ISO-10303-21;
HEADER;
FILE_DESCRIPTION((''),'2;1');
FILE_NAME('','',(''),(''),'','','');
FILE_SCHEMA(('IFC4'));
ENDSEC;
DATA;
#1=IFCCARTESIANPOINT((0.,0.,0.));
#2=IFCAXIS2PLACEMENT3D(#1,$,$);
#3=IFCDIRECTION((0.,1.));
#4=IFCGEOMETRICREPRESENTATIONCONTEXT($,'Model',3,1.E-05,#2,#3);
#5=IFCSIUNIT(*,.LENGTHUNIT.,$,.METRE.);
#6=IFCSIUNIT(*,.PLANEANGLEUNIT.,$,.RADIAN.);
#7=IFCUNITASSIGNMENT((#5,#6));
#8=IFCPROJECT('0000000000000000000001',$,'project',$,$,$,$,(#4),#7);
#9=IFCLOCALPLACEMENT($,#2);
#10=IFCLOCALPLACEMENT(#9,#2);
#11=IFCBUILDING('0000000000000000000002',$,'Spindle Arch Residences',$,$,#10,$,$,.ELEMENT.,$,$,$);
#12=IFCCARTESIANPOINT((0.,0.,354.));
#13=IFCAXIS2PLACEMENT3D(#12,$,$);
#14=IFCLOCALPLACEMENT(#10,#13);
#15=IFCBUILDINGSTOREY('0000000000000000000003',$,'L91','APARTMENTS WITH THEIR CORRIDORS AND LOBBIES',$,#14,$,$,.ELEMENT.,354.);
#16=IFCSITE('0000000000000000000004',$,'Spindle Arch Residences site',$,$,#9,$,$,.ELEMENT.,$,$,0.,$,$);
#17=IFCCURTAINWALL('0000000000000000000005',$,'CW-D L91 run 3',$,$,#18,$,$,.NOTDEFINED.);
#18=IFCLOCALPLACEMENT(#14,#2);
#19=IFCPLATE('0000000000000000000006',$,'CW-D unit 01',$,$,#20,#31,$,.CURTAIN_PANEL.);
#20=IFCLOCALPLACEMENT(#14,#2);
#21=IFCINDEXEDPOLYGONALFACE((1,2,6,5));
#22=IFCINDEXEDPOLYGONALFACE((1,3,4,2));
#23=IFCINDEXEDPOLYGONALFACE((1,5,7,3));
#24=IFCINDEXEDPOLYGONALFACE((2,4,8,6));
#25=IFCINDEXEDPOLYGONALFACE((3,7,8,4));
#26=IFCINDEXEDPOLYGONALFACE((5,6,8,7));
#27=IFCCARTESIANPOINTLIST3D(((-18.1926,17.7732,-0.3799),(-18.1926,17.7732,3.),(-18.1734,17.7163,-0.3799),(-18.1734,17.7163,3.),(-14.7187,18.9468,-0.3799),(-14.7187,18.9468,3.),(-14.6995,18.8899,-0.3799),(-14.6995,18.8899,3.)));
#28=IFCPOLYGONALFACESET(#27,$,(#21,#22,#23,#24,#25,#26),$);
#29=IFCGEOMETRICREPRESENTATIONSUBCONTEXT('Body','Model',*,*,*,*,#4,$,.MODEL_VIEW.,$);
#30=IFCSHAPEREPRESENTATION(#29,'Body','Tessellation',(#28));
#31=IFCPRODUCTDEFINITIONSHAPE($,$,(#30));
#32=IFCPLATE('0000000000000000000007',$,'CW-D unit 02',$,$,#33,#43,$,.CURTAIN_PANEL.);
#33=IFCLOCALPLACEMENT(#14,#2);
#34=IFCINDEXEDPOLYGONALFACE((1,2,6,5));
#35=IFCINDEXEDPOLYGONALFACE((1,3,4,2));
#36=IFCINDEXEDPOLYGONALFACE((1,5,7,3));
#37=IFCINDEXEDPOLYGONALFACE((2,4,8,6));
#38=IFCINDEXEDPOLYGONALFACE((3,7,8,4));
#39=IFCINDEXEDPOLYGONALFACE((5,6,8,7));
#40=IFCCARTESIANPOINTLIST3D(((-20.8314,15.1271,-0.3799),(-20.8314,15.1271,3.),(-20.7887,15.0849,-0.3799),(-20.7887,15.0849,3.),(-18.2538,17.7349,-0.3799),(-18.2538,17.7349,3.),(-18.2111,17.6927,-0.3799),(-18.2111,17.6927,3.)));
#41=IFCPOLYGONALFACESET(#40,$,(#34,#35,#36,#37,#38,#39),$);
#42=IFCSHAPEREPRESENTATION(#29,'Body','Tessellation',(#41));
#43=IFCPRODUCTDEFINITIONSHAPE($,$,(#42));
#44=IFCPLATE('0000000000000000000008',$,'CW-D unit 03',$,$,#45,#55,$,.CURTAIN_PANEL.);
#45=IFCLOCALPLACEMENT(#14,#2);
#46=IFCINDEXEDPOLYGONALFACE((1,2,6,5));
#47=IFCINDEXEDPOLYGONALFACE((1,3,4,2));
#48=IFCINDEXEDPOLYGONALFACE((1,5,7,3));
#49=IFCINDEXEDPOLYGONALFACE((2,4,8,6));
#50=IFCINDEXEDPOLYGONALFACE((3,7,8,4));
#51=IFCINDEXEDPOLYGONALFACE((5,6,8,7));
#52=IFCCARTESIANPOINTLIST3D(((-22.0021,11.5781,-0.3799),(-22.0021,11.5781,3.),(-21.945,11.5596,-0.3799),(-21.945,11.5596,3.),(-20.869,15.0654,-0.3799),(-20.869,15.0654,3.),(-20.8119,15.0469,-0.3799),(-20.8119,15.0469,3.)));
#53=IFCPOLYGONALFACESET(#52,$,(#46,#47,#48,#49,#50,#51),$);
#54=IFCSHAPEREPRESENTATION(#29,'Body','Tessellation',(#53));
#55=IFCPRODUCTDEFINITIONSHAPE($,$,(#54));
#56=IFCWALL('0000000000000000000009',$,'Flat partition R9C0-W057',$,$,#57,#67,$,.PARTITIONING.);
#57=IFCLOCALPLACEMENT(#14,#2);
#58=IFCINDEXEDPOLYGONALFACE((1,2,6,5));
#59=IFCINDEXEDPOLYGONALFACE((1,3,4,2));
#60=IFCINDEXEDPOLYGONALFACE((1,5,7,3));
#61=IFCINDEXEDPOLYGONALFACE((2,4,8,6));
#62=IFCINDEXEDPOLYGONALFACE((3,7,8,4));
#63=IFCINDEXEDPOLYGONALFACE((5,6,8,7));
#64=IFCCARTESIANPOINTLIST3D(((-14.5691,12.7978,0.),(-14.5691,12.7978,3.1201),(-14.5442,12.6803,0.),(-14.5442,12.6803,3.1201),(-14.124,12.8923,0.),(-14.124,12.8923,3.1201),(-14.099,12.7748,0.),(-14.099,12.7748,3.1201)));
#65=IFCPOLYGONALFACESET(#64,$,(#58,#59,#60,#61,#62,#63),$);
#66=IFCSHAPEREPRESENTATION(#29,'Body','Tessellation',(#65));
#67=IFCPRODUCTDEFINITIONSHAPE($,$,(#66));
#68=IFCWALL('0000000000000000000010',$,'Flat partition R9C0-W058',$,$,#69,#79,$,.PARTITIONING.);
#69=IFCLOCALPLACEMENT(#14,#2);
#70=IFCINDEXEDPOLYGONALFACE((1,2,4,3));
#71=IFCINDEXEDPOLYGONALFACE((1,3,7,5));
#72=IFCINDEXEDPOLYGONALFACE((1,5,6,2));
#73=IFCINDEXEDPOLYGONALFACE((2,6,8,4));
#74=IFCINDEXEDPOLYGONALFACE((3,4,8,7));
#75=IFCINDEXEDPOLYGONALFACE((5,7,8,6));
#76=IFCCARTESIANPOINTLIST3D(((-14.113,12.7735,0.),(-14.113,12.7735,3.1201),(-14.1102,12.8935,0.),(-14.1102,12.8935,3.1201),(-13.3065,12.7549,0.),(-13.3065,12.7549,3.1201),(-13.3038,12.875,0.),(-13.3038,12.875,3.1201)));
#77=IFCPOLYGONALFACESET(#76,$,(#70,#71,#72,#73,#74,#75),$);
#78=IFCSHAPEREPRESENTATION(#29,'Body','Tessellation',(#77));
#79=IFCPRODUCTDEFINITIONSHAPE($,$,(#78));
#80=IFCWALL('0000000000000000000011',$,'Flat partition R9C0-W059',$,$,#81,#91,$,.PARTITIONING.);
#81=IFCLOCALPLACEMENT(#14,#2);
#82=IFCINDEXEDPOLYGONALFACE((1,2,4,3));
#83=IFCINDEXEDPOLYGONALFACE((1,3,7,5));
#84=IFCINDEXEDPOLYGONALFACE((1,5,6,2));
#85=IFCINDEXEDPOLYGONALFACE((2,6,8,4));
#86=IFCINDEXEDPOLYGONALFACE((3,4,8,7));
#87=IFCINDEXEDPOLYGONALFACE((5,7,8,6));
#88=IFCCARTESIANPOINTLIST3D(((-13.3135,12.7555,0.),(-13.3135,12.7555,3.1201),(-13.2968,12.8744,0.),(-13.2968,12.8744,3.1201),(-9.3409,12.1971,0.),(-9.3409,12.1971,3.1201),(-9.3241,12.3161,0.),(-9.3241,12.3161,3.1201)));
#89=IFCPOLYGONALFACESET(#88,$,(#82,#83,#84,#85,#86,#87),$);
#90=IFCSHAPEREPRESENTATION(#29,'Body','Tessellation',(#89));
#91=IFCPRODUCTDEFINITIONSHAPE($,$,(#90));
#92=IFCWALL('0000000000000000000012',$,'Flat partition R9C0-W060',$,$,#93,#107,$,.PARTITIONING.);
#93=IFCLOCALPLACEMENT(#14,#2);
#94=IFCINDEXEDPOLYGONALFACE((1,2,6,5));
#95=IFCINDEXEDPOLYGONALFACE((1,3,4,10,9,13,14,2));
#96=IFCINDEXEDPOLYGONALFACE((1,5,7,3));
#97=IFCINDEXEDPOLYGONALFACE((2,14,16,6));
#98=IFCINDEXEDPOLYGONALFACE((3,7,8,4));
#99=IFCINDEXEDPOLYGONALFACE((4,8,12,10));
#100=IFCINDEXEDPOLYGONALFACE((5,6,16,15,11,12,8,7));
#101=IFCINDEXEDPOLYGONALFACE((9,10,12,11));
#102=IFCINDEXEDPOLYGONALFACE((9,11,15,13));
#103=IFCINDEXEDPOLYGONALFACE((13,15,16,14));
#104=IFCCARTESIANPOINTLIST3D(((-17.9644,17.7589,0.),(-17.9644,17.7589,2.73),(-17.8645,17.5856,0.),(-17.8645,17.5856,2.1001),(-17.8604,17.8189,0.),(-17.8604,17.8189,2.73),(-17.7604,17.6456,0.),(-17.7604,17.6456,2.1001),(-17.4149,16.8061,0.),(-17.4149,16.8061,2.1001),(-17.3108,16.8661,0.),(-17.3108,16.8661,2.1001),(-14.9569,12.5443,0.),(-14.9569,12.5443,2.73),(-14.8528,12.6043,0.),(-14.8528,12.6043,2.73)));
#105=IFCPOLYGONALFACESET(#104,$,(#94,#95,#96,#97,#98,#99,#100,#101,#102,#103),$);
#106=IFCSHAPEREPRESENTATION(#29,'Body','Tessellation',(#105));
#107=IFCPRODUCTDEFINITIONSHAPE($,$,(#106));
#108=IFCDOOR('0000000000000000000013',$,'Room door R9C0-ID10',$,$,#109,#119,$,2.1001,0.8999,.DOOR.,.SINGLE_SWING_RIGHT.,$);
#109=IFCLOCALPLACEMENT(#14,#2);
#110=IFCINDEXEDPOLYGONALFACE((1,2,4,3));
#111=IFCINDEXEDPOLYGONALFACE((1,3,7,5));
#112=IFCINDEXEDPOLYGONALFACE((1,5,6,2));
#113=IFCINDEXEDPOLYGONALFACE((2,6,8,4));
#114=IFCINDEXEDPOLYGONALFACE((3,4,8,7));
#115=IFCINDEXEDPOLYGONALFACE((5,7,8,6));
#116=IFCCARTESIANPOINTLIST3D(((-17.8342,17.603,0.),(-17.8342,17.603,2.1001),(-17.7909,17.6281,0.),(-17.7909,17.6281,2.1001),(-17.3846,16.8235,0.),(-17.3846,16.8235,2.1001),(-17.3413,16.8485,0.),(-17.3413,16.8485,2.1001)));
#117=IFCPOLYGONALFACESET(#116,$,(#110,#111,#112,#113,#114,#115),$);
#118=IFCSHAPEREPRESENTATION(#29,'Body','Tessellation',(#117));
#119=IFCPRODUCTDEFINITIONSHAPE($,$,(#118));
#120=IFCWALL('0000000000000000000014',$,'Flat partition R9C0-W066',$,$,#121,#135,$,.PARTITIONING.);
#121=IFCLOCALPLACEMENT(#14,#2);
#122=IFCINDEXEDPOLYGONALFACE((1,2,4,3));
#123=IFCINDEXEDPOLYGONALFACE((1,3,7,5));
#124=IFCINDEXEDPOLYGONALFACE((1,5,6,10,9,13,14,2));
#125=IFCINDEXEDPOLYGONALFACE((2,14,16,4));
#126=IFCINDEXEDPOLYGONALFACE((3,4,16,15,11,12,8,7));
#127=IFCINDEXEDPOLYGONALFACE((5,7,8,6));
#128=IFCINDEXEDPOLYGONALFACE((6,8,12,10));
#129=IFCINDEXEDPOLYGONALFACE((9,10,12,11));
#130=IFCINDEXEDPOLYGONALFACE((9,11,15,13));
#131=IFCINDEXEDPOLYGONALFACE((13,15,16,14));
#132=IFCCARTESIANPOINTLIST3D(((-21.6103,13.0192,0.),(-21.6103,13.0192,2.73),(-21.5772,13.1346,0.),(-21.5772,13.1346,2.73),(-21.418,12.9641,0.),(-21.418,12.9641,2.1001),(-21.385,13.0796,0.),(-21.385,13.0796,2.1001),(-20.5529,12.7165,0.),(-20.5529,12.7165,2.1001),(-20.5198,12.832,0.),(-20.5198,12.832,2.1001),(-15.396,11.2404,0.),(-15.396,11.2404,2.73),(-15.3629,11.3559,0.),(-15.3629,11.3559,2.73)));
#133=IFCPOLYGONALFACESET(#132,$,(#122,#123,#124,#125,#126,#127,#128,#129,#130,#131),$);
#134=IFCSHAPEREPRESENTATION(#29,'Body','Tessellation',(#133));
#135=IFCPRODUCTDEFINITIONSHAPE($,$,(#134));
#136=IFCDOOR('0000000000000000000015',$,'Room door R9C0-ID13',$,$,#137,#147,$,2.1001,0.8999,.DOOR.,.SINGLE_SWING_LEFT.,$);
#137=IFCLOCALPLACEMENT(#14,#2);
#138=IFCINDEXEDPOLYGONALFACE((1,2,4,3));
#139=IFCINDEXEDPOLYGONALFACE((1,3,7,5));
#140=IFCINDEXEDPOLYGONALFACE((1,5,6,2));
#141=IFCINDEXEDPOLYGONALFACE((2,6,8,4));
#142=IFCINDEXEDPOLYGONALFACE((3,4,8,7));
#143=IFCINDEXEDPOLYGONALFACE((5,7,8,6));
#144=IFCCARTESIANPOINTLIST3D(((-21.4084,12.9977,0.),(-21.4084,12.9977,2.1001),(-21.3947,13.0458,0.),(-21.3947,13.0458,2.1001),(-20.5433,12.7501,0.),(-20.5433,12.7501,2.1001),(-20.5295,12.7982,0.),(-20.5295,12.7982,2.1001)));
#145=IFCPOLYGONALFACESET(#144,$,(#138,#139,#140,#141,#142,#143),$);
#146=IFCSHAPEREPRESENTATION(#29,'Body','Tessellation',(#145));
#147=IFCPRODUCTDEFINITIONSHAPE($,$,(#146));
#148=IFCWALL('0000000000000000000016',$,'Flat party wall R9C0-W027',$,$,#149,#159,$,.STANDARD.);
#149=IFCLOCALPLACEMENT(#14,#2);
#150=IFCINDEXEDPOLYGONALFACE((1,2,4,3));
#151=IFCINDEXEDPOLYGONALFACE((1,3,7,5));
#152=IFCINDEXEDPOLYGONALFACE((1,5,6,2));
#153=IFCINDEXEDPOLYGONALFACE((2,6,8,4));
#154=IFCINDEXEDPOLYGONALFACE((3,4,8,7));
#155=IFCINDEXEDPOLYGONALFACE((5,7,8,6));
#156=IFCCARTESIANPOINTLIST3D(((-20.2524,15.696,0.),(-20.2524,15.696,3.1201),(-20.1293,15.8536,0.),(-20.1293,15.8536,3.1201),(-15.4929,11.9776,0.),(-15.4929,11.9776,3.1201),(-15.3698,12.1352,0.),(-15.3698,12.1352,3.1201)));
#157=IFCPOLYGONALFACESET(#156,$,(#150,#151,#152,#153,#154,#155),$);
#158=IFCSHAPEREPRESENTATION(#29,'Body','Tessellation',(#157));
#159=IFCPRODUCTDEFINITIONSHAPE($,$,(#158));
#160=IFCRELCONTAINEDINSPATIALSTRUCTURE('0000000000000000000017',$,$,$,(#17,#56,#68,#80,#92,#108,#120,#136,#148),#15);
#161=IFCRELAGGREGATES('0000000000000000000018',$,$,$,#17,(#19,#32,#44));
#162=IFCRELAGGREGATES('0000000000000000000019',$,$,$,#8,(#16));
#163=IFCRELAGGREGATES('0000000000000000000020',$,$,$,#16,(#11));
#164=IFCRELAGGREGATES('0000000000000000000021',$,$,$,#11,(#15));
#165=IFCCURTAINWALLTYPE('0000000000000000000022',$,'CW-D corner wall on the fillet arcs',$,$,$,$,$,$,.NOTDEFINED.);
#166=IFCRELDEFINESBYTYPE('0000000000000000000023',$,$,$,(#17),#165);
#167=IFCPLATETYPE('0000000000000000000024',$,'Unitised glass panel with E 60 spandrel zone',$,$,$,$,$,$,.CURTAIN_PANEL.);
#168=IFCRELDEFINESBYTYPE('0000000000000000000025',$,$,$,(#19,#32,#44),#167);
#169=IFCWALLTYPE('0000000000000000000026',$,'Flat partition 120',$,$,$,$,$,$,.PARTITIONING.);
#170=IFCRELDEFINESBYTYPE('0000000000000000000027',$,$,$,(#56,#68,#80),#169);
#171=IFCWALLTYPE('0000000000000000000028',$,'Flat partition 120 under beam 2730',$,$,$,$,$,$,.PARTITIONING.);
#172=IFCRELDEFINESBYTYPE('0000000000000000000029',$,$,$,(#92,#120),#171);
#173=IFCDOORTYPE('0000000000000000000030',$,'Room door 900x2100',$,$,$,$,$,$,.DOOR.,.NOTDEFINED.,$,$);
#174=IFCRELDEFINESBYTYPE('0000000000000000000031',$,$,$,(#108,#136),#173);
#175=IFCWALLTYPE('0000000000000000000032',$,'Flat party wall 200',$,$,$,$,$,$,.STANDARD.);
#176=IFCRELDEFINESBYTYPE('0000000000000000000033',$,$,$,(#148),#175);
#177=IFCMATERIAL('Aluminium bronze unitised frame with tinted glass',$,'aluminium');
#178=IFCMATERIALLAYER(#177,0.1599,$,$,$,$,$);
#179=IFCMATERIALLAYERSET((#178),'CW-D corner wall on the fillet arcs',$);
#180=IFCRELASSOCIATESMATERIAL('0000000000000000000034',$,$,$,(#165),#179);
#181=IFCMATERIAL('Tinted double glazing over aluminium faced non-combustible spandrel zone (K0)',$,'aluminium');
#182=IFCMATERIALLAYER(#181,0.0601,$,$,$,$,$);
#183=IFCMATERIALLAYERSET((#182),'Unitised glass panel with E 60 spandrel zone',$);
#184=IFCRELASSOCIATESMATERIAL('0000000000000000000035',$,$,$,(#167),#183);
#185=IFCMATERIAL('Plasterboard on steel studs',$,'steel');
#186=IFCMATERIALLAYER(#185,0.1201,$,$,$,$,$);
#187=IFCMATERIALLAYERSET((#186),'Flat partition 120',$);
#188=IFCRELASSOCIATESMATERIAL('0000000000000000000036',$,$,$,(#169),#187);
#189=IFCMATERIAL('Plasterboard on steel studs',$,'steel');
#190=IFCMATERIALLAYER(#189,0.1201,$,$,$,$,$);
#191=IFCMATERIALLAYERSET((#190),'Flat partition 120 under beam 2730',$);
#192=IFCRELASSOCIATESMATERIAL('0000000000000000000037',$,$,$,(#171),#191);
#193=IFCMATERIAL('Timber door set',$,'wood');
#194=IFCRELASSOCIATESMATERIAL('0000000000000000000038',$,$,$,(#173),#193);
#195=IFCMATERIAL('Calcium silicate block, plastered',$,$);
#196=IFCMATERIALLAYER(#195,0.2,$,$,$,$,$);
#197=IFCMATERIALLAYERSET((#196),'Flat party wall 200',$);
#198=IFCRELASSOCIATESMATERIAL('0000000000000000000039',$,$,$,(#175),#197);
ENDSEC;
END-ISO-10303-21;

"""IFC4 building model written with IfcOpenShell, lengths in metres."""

from ifc_helpers import new_model, si_unit, direction, frame, frame_2d, origin, origin_2d, place, context, subcontext, project, spatial, rectangle, extrude, material, layer, layer_set, type_object, element, fill, aggregate, save


model = new_model("IFC4")

# Units and contexts
model_context = context("Model", 3, precision=1e-05, world=origin(), true_north=direction((0.0, 1.0)))
body_context = subcontext(model_context, "Body", "Model", "MODEL_VIEW")
ifc_project = project(units=[si_unit("LENGTHUNIT", "METRE"), si_unit("PLANEANGLEUNIT", "RADIAN")], contexts=[model_context])

# Site, building, storey
site_placement = place(None, origin())
site = spatial("IfcSite", under=ifc_project, at=site_placement, Name="Spindle Arch Residences site", CompositionType="ELEMENT", RefElevation=0.0)
building_placement = place(site_placement, origin())
building = spatial("IfcBuilding", under=site, at=building_placement, Name="Spindle Arch Residences", CompositionType="ELEMENT")
storey_placement = place(building_placement, frame((0.0, 0.0, 354.0)))
storey = spatial("IfcBuildingStorey", under=building, at=storey_placement, Name="L91", Description="APARTMENTS WITH THEIR CORRIDORS AND LOBBIES", CompositionType="ELEMENT", Elevation=354.0)

# Curtain wall
ifc_material_1 = material(Name="Aluminium bronze unitised frame with tinted glass", Category="aluminium")
ifc_layer_1 = layer(ifc_material_1, 0.1599)
ifc_layer_set_1 = layer_set([ifc_layer_1], Name="CW-D corner wall on the fillet arcs")
curtain_wall_type = type_object("IfcCurtainWallType", Name="CW-D corner wall on the fillet arcs", PredefinedType="NOTDEFINED", material=ifc_layer_set_1)
curtain_wall_placement = place(storey_placement, origin())
curtain_wall = element("IfcCurtainWall", 1, at=curtain_wall_placement, inside=storey, type_object=curtain_wall_type, Name="CW-D L91 run 3", PredefinedType="NOTDEFINED")

# Plates
ifc_material_2 = material(Name="Tinted double glazing over aluminium faced non-combustible spandrel zone (K0)", Category="aluminium")
ifc_layer_2 = layer(ifc_material_2, 0.0601)
ifc_layer_set_2 = layer_set([ifc_layer_2], Name="Unitised glass panel with E 60 spandrel zone")
plate_type = type_object("IfcPlateType", Name="Unitised glass panel with E 60 spandrel zone", PredefinedType="CURTAIN_PANEL", material=ifc_layer_set_2)
plate_1_placement = place(storey_placement, frame((-16.446, 18.3315, -0.3799), z_axis=(0.0, 0.0, 1.0), x_axis=(-0.947397, -0.320062, 0.0)))
plate_1 = element("IfcPlate", 2, at=plate_1_placement, type_object=plate_type, Name="CW-D unit 01", PredefinedType="CURTAIN_PANEL", context=body_context, shape_type="SweptSolid", body=[
    extrude(rectangle(XDim=3.6667, YDim=0.0601, at=origin_2d()), origin(), (0.0, 0.0, 1.0), 3.3799),
])
plate_2_placement = place(storey_placement, frame((-19.5212, 16.4099, -0.3799), z_axis=(0.0, 0.0, 1.0), x_axis=(-0.702981, -0.711209, 0.0)))
plate_2 = element("IfcPlate", 3, at=plate_2_placement, type_object=plate_type, Name="CW-D unit 02", PredefinedType="CURTAIN_PANEL", context=body_context, shape_type="SweptSolid", body=[
    extrude(rectangle(XDim=3.6667, YDim=0.0601, at=origin_2d()), origin(), (0.0, 0.0, 1.0), 3.3799),
])
plate_3_placement = place(storey_placement, frame((-21.407, 13.3125, -0.3799), z_axis=(0.0, 0.0, 1.0), x_axis=(-0.309017, -0.951057, 0.0)))
plate_3 = element("IfcPlate", 4, at=plate_3_placement, type_object=plate_type, Name="CW-D unit 03", PredefinedType="CURTAIN_PANEL", context=body_context, shape_type="SweptSolid", body=[
    extrude(rectangle(XDim=3.6667, YDim=0.0601, at=origin_2d()), origin(), (0.0, 0.0, 1.0), 3.3799),
])
aggregate(curtain_wall, [plate_1, plate_2, plate_3])

# Walls
ifc_material_3 = material(Name="Plasterboard on steel studs", Category="steel")
ifc_layer_3 = layer(ifc_material_3, 0.1201)
ifc_layer_set_3 = layer_set([ifc_layer_3], Name="Flat partition 120")
wall_type_1 = type_object("IfcWallType", Name="Flat partition 120", PredefinedType="PARTITIONING", material=ifc_layer_set_3)
wall_1_placement = place(storey_placement, frame((-14.5566, 12.739, 0.0), z_axis=(0.0, 0.0, 1.0), x_axis=(0.978201, 0.20766, 0.0)))
element("IfcWall", 5, at=wall_1_placement, inside=storey, type_object=wall_type_1, Name="Flat partition R9C0-W057", PredefinedType="PARTITIONING", context=body_context, shape_type="SweptSolid", body=[
    extrude(rectangle(XDim=0.4551, YDim=0.1201, at=frame_2d((0.2275, 0.0))), origin(), (0.0, 0.0, 1.0), 3.1201),
])
wall_2_placement = place(storey_placement, frame((-14.1116, 12.8335, 0.0), z_axis=(0.0, 0.0, 1.0), x_axis=(0.999735, -0.023003, 0.0)))
element("IfcWall", 6, at=wall_2_placement, inside=storey, type_object=wall_type_1, Name="Flat partition R9C0-W058", PredefinedType="PARTITIONING", context=body_context, shape_type="SweptSolid", body=[
    extrude(rectangle(XDim=0.8066, YDim=0.1201, at=frame_2d((0.4033, 0.0))), origin(), (0.0, 0.0, 1.0), 3.1201),
])
wall_3_placement = place(storey_placement, frame((-13.3052, 12.8149, 0.0), z_axis=(0.0, 0.0, 1.0), x_axis=(0.990267, -0.13918, 0.0)))
element("IfcWall", 7, at=wall_3_placement, inside=storey, type_object=wall_type_1, Name="Flat partition R9C0-W059", PredefinedType="PARTITIONING", context=body_context, shape_type="SweptSolid", body=[
    extrude(rectangle(XDim=4.0117, YDim=0.1201, at=frame_2d((2.0059, 0.0))), origin(), (0.0, 0.0, 1.0), 3.1201),
])

# Walls, openings, doors
ifc_material_4 = material(Name="Plasterboard on steel studs", Category="steel")
ifc_layer_4 = layer(ifc_material_4, 0.1201)
ifc_layer_set_4 = layer_set([ifc_layer_4], Name="Flat partition 120 under beam 2730")
wall_type_2 = type_object("IfcWallType", Name="Flat partition 120 under beam 2730", PredefinedType="PARTITIONING", material=ifc_layer_set_4)
wall_4_placement = place(storey_placement, frame((-17.9124, 17.7888, 0.0), z_axis=(0.0, 0.0, 1.0), x_axis=(0.499616, -0.866247, 0.0)))
wall_4 = element("IfcWall", 8, at=wall_4_placement, inside=storey, type_object=wall_type_2, Name="Flat partition R9C0-W060", PredefinedType="PARTITIONING", context=body_context, shape_type="SweptSolid", body=[
    extrude(rectangle(XDim=6.0198, YDim=0.1201, at=frame_2d((3.0098, 0.0))), origin(), (0.0, 0.0, 1.0), 2.73),
])
opening_1_placement = place(wall_4_placement, frame((0.2, 0.0, 0.0)))
opening_1 = element("IfcOpeningElement", 9, at=opening_1_placement, cuts=wall_4, PredefinedType="OPENING", context=body_context, shape_type="SweptSolid", body=[
    extrude(rectangle(XDim=0.8999, YDim=2.1001, at=frame_2d((0.45, 1.05))), frame((0.0, 0.0701, 0.0), z_axis=(0.0, -1.0, 0.0), x_axis=(1.0, 0.0, 0.0)), (0.0, 0.0, 1.0), 0.1401),
])
ifc_material_5 = material(Name="Timber door set", Category="wood")
door_type = type_object("IfcDoorType", Name="Room door 900x2100", OperationType="NOTDEFINED", PredefinedType="DOOR", material=ifc_material_5)
door_1_placement = place(opening_1_placement, origin())
door_1 = element("IfcDoor", 10, at=door_1_placement, inside=storey, type_object=door_type, Name="Room door R9C0-ID10", OperationType="SINGLE_SWING_RIGHT", OverallHeight=2.1001, OverallWidth=0.8999, PredefinedType="DOOR", context=body_context, shape_type="SweptSolid", body=[
    extrude(rectangle(XDim=0.8999, YDim=2.1001, at=frame_2d((0.45, 1.05))), frame((0.0, 0.0249, 0.0), z_axis=(0.0, -1.0, 0.0), x_axis=(1.0, 0.0, 0.0)), (0.0, 0.0, 1.0), 0.05),
])
fill(opening_1, door_1)
wall_5_placement = place(storey_placement, frame((-21.5938, 13.0769, 0.0), z_axis=(0.0, 0.0, 1.0), x_axis=(0.96139, -0.27519, 0.0)))
wall_5 = element("IfcWall", 11, at=wall_5_placement, inside=storey, type_object=wall_type_2, Name="Flat partition R9C0-W066", PredefinedType="PARTITIONING", context=body_context, shape_type="SweptSolid", body=[
    extrude(rectangle(XDim=6.4639, YDim=0.1201, at=frame_2d((3.2319, 0.0))), origin(), (0.0, 0.0, 1.0), 2.73),
])
opening_2_placement = place(wall_5_placement, frame((0.2, 0.0, 0.0)))
opening_2 = element("IfcOpeningElement", 12, at=opening_2_placement, cuts=wall_5, PredefinedType="OPENING", context=body_context, shape_type="SweptSolid", body=[
    extrude(rectangle(XDim=0.8999, YDim=2.1001, at=frame_2d((0.45, 1.05))), frame((0.0, 0.0701, 0.0), z_axis=(0.0, -1.0, 0.0), x_axis=(1.0, 0.0, 0.0)), (0.0, 0.0, 1.0), 0.1401),
])
door_2_placement = place(opening_2_placement, origin())
door_2 = element("IfcDoor", 13, at=door_2_placement, inside=storey, type_object=door_type, Name="Room door R9C0-ID13", OperationType="SINGLE_SWING_LEFT", OverallHeight=2.1001, OverallWidth=0.8999, PredefinedType="DOOR", context=body_context, shape_type="SweptSolid", body=[
    extrude(rectangle(XDim=0.8999, YDim=2.1001, at=frame_2d((0.45, 1.05))), frame((0.0, 0.0249, 0.0), z_axis=(0.0, -1.0, 0.0), x_axis=(1.0, 0.0, 0.0)), (0.0, 0.0, 1.0), 0.05),
])
fill(opening_2, door_2)

# Wall
ifc_material_6 = material(Name="Calcium silicate block, plastered")
ifc_layer_5 = layer(ifc_material_6, 0.2)
ifc_layer_set_5 = layer_set([ifc_layer_5], Name="Flat party wall 200")
wall_type_3 = type_object("IfcWallType", Name="Flat party wall 200", PredefinedType="STANDARD", material=ifc_layer_set_5)
wall_6_placement = place(storey_placement, frame((-20.1909, 15.7749, 0.0), z_axis=(0.0, 0.0, 1.0), x_axis=(0.788014, -0.615657, 0.0)))
element("IfcWall", 14, at=wall_6_placement, inside=storey, type_object=wall_type_3, Name="Flat party wall R9C0-W027", PredefinedType="STANDARD", context=body_context, shape_type="SweptSolid", body=[
    extrude(rectangle(XDim=6.0398, YDim=0.2, at=frame_2d((3.02, 0.0))), origin(), (0.0, 0.0, 1.0), 3.1201),
])

save(model, "model.ifc")
